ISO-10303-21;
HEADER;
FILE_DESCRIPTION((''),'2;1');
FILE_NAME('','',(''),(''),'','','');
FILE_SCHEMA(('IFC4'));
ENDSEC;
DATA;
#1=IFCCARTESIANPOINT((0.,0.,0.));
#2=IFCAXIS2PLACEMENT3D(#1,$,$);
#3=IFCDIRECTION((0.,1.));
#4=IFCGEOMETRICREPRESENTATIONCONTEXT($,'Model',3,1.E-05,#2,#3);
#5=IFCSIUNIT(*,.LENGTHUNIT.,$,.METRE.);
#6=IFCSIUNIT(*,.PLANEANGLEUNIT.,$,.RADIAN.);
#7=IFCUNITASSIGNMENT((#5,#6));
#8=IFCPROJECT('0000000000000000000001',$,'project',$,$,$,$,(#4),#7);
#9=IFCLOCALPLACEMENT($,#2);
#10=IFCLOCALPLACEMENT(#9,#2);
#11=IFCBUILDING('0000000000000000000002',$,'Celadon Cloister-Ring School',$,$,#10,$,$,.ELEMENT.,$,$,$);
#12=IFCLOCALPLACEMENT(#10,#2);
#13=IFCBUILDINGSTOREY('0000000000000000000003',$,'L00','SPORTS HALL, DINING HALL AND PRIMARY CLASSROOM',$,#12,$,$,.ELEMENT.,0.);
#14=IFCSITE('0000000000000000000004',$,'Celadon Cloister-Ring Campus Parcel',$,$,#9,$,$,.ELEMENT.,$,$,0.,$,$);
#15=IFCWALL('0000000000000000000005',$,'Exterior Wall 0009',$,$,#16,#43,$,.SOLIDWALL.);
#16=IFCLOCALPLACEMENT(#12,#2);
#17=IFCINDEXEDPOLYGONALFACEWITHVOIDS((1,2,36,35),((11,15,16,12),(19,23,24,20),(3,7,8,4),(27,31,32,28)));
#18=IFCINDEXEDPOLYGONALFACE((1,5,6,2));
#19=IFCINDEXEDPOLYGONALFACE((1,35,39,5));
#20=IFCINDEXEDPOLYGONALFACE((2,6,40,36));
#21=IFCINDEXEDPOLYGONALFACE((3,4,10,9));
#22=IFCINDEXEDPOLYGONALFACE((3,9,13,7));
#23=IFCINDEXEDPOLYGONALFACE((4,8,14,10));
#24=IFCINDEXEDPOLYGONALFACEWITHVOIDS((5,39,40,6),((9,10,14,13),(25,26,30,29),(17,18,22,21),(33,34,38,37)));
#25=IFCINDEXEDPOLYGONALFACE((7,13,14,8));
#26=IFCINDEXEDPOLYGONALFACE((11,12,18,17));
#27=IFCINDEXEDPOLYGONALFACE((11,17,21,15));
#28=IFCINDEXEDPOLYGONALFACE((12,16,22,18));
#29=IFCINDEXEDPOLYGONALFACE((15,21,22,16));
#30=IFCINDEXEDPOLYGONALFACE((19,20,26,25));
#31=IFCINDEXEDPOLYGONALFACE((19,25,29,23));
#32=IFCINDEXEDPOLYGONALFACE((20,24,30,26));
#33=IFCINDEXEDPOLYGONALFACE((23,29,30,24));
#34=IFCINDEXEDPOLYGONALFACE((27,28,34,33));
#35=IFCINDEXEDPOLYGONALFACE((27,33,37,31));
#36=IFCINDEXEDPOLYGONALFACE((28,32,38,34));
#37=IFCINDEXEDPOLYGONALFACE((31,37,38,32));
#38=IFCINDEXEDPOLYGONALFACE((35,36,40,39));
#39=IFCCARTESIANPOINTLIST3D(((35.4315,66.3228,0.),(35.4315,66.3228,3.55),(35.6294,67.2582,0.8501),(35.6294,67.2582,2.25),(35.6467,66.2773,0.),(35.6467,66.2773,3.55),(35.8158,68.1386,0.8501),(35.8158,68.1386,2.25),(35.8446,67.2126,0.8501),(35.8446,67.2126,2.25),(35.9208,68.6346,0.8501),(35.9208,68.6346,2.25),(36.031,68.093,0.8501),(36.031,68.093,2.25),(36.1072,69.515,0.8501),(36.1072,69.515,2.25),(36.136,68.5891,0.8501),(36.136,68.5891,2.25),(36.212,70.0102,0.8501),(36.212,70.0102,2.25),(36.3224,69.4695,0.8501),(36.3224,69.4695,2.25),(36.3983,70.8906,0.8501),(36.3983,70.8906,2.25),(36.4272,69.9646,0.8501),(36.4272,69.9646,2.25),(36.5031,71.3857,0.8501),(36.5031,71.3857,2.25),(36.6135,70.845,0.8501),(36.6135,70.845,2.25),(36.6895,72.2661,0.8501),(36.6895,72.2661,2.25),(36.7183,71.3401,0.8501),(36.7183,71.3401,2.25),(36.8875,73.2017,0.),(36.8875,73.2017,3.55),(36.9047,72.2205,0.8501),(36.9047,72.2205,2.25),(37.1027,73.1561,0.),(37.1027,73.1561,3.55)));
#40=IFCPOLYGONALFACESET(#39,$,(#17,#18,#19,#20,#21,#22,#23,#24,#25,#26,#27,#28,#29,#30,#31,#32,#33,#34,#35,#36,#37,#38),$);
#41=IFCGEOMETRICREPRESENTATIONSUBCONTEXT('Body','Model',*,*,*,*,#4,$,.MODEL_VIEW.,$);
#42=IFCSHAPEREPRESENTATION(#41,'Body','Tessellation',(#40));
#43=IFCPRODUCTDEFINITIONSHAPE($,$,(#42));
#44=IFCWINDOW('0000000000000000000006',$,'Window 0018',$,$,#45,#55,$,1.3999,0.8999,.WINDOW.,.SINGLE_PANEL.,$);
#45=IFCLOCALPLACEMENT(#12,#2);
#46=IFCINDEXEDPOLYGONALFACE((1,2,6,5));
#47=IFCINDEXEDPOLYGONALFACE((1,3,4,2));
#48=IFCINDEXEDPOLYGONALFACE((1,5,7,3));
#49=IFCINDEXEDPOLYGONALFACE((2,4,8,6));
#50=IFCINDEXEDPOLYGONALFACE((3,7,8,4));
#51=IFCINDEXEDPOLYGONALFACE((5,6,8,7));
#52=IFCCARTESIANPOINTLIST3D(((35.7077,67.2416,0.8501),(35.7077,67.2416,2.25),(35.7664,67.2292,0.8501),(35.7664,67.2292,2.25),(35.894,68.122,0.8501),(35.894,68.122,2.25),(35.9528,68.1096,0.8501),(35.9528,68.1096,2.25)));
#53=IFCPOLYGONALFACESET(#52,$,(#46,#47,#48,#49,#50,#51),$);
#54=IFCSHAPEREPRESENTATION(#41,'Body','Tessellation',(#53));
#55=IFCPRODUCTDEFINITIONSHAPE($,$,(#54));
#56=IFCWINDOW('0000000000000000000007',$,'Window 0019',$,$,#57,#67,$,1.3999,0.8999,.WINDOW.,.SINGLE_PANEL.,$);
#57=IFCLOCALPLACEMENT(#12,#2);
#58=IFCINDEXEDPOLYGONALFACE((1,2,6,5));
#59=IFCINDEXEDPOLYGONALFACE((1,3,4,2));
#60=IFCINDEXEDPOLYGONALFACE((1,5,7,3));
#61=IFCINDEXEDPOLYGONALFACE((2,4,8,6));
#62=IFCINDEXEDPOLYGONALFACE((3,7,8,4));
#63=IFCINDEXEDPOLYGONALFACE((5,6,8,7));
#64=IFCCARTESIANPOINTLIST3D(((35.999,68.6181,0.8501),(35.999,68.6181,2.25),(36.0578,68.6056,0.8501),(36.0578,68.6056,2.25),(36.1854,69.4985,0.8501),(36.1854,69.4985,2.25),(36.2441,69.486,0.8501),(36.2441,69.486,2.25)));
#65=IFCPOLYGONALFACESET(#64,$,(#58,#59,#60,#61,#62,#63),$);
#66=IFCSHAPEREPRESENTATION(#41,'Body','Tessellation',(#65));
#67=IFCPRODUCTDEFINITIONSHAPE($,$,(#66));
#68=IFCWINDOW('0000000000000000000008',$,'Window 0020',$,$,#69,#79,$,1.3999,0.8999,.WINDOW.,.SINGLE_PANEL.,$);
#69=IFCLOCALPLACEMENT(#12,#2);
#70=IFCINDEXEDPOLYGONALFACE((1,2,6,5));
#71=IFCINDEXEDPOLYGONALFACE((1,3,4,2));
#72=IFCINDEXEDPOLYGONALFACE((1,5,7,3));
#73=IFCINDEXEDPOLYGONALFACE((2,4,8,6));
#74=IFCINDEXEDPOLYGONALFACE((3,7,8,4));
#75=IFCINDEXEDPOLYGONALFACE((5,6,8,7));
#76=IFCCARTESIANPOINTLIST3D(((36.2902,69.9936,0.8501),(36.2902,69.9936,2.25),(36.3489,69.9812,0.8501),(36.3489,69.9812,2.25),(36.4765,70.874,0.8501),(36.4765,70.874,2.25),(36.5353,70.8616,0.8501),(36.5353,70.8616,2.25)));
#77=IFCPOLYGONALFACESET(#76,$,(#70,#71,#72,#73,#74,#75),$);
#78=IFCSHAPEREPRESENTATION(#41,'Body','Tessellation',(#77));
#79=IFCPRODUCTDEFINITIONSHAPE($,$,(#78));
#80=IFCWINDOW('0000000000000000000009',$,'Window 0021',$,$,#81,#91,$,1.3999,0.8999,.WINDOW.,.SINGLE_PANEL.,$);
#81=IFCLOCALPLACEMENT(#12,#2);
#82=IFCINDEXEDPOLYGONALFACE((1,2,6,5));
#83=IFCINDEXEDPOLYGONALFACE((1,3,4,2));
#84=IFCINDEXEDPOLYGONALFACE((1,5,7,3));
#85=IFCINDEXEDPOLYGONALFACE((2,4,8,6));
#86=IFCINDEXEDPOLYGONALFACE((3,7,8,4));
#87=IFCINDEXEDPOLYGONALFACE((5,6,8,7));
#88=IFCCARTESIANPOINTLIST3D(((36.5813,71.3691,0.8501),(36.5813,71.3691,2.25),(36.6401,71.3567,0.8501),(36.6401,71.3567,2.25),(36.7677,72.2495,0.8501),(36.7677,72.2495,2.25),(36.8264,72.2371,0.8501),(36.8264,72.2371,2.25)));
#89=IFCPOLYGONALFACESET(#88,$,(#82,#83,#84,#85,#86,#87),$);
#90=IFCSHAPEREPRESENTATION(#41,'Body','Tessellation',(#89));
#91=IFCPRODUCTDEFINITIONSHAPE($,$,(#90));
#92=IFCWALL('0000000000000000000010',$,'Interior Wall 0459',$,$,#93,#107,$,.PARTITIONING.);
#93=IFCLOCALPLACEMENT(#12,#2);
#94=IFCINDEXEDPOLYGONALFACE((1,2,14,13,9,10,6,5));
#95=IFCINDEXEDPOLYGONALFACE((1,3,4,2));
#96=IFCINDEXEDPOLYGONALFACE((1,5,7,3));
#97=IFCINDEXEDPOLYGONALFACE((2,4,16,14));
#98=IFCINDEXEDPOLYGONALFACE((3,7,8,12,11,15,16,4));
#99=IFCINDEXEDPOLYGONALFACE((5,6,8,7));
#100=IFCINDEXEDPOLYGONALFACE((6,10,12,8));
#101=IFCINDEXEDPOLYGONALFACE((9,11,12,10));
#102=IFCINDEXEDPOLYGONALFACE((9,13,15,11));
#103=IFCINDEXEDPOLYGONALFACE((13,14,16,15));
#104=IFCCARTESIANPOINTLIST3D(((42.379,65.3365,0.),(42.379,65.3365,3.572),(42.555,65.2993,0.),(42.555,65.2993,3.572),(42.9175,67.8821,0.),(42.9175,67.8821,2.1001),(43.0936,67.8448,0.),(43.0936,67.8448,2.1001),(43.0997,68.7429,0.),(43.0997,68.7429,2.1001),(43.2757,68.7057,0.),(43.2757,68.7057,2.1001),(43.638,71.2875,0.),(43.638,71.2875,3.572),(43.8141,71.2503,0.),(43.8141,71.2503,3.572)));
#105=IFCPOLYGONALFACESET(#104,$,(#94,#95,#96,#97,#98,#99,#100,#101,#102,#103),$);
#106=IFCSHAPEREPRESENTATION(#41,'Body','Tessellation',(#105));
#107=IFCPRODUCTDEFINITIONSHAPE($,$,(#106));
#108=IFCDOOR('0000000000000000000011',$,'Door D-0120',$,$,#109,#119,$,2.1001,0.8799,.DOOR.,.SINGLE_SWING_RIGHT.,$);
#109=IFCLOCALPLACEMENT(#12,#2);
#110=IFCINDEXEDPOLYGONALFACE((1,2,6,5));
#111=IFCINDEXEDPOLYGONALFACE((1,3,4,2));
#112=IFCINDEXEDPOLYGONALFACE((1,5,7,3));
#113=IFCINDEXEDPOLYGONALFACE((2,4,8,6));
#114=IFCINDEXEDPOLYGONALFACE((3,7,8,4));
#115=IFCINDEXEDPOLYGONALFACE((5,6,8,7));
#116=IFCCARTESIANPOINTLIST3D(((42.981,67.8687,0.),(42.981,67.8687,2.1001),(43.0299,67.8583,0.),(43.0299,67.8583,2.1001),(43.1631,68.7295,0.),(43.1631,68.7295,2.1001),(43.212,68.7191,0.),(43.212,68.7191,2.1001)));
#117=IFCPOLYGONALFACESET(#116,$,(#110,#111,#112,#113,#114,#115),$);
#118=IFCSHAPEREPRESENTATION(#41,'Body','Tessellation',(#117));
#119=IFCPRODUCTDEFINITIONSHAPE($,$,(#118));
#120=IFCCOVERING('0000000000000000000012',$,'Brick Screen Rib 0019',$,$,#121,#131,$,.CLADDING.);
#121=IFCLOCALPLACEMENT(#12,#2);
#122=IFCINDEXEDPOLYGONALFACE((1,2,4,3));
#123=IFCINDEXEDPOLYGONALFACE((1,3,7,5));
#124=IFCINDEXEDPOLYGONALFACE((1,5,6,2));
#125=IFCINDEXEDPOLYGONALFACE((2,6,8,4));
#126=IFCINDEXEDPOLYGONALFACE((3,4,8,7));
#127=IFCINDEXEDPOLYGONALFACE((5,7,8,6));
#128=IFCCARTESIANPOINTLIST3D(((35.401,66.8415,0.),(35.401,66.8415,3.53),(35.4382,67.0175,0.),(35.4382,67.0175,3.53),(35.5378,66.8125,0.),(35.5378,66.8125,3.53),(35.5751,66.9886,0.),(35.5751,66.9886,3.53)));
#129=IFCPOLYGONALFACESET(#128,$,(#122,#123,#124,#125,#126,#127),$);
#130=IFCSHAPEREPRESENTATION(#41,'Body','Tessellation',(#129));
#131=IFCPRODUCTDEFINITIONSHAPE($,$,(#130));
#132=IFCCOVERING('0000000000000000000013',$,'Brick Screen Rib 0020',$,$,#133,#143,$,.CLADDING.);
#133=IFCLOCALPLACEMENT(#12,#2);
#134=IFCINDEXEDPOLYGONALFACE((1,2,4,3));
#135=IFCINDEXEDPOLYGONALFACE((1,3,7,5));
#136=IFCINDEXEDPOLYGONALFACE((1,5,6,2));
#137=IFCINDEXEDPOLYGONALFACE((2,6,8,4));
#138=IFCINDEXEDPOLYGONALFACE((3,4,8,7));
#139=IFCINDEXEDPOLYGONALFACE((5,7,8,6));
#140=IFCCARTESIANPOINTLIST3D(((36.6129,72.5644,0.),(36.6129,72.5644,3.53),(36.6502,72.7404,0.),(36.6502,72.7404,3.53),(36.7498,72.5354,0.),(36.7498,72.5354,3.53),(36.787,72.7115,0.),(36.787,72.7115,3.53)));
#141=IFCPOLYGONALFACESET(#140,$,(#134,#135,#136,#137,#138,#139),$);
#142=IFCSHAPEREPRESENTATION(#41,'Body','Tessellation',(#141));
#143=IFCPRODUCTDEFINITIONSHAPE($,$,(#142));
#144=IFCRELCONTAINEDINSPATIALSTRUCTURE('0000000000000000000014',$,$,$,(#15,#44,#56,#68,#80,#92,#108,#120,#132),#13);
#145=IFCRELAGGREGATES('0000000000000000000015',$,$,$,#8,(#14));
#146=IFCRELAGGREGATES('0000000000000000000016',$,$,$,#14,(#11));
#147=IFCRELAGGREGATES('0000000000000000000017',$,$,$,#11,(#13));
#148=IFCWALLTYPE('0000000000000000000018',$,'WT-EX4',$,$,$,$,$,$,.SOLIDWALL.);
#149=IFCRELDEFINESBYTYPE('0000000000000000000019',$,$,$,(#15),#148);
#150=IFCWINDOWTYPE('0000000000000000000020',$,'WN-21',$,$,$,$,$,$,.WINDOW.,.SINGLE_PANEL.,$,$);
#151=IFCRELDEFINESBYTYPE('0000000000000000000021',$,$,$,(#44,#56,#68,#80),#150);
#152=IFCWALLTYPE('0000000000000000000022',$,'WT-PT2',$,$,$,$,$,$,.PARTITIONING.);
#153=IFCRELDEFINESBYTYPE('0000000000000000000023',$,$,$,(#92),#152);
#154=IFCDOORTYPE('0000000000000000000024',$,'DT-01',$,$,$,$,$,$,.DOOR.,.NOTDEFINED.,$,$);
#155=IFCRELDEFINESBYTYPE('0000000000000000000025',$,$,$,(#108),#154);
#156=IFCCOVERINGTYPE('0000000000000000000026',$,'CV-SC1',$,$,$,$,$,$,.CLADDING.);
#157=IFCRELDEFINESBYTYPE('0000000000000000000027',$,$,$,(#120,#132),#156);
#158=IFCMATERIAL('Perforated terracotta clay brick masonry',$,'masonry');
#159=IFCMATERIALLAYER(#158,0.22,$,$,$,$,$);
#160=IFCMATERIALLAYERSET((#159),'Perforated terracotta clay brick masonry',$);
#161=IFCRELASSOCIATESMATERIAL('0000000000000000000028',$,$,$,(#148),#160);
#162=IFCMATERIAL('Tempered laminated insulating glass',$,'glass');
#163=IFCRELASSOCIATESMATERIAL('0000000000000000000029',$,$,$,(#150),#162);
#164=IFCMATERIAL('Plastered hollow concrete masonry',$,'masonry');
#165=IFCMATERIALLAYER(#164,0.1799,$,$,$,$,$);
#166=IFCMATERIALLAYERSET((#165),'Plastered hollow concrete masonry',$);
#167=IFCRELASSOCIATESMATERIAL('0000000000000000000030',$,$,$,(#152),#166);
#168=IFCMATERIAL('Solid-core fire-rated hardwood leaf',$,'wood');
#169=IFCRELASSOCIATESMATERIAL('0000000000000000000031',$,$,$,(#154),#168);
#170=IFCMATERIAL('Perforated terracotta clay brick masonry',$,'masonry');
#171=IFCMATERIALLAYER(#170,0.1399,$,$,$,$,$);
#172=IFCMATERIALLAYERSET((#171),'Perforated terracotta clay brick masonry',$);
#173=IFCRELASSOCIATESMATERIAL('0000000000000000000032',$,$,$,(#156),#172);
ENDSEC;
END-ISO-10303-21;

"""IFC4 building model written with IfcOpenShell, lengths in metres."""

from ifc_helpers import new_model, si_unit, direction, frame, frame_2d, origin, origin_2d, place, context, subcontext, project, spatial, rectangle, extrude, material, layer, layer_set, type_object, element, fill, save


model = new_model("IFC4")

# Units and contexts
model_context = context("Model", 3, precision=1e-05, world=origin(), true_north=direction((0.0, 1.0)))
body_context = subcontext(model_context, "Body", "Model", "MODEL_VIEW")
ifc_project = project(units=[si_unit("LENGTHUNIT", "METRE"), si_unit("PLANEANGLEUNIT", "RADIAN")], contexts=[model_context])

# Site, building, storey
site_placement = place(None, origin())
site = spatial("IfcSite", under=ifc_project, at=site_placement, Name="Celadon Cloister-Ring Campus Parcel", CompositionType="ELEMENT", RefElevation=0.0)
building_placement = place(site_placement, origin())
building = spatial("IfcBuilding", under=site, at=building_placement, Name="Celadon Cloister-Ring School", CompositionType="ELEMENT")
storey_placement = place(building_placement, origin())
storey = spatial("IfcBuildingStorey", under=building, at=storey_placement, Name="L00", Description="SPORTS HALL, DINING HALL AND PRIMARY CLASSROOM", CompositionType="ELEMENT", Elevation=0.0)

# Wall, openings, windows
ifc_material_1 = material(Name="Perforated terracotta clay brick masonry", Category="masonry")
ifc_layer_1 = layer(ifc_material_1, 0.22)
ifc_layer_set_1 = layer_set([ifc_layer_1], Name="Perforated terracotta clay brick masonry")
wall_type_1 = type_object("IfcWallType", Name="WT-EX4", PredefinedType="SOLIDWALL", material=ifc_layer_set_1)
ifc_material_2 = material(Name="Tempered laminated insulating glass", Category="glass")
window_type = type_object("IfcWindowType", Name="WN-21", PartitioningType="SINGLE_PANEL", PredefinedType="WINDOW", material=ifc_material_2)
wall_1_placement = place(storey_placement, frame((35.5391, 66.3, 0.0), z_axis=(0.0, 0.0, 1.0), x_axis=(0.207081, 0.978324, 0.0)))
wall_1 = element("IfcWall", 1, at=wall_1_placement, inside=storey, type_object=wall_type_1, Name="Exterior Wall 0009", PredefinedType="SOLIDWALL", context=body_context, shape_type="SweptSolid", body=[
    extrude(rectangle(XDim=7.0312, YDim=0.22, at=frame_2d((3.5156, 0.0))), origin(), (0.0, 0.0, 1.0), 3.55),
])
opening_1_placement = place(wall_1_placement, frame((0.9561, 0.0, 0.8501)))
opening_1 = element("IfcOpeningElement", 2, at=opening_1_placement, cuts=wall_1, PredefinedType="OPENING", context=body_context, shape_type="SweptSolid", body=[
    extrude(rectangle(XDim=0.8999, YDim=1.3999, at=frame_2d((0.45, 0.7))), frame((0.0, 0.1201, 0.0), z_axis=(0.0, -1.0, 0.0), x_axis=(1.0, 0.0, 0.0)), (0.0, 0.0, 1.0), 0.24),
])
opening_2_placement = place(wall_1_placement, frame((2.363, 0.0, 0.8501)))
opening_2 = element("IfcOpeningElement", 3, at=opening_2_placement, cuts=wall_1, PredefinedType="OPENING", context=body_context, shape_type="SweptSolid", body=[
    extrude(rectangle(XDim=0.8999, YDim=1.3999, at=frame_2d((0.45, 0.7))), frame((0.0, 0.1201, 0.0), z_axis=(0.0, -1.0, 0.0), x_axis=(1.0, 0.0, 0.0)), (0.0, 0.0, 1.0), 0.24),
])
opening_3_placement = place(wall_1_placement, frame((3.769, 0.0, 0.8501)))
opening_3 = element("IfcOpeningElement", 4, at=opening_3_placement, cuts=wall_1, PredefinedType="OPENING", context=body_context, shape_type="SweptSolid", body=[
    extrude(rectangle(XDim=0.8999, YDim=1.3999, at=frame_2d((0.45, 0.7))), frame((0.0, 0.1201, 0.0), z_axis=(0.0, -1.0, 0.0), x_axis=(1.0, 0.0, 0.0)), (0.0, 0.0, 1.0), 0.24),
])
opening_4_placement = place(wall_1_placement, frame((5.175, 0.0, 0.8501)))
opening_4 = element("IfcOpeningElement", 5, at=opening_4_placement, cuts=wall_1, PredefinedType="OPENING", context=body_context, shape_type="SweptSolid", body=[
    extrude(rectangle(XDim=0.8999, YDim=1.3999, at=frame_2d((0.45, 0.7))), frame((0.0, 0.1201, 0.0), z_axis=(0.0, -1.0, 0.0), x_axis=(1.0, 0.0, 0.0)), (0.0, 0.0, 1.0), 0.24),
])
window_1_placement = place(opening_1_placement, origin())
window_1 = element("IfcWindow", 6, at=window_1_placement, inside=storey, type_object=window_type, Name="Window 0018", OverallHeight=1.3999, OverallWidth=0.8999, PartitioningType="SINGLE_PANEL", PredefinedType="WINDOW", context=body_context, shape_type="SweptSolid", body=[
    extrude(rectangle(XDim=0.8999, YDim=1.3999, at=frame_2d((0.45, 0.7))), frame((0.0, 0.03, 0.0), z_axis=(0.0, -1.0, 0.0), x_axis=(1.0, 0.0, 0.0)), (0.0, 0.0, 1.0), 0.0601),
])
fill(opening_1, window_1)
window_2_placement = place(opening_2_placement, origin())
window_2 = element("IfcWindow", 7, at=window_2_placement, inside=storey, type_object=window_type, Name="Window 0019", OverallHeight=1.3999, OverallWidth=0.8999, PartitioningType="SINGLE_PANEL", PredefinedType="WINDOW", context=body_context, shape_type="SweptSolid", body=[
    extrude(rectangle(XDim=0.8999, YDim=1.3999, at=frame_2d((0.45, 0.7))), frame((0.0, 0.03, 0.0), z_axis=(0.0, -1.0, 0.0), x_axis=(1.0, 0.0, 0.0)), (0.0, 0.0, 1.0), 0.0601),
])
fill(opening_2, window_2)
window_3_placement = place(opening_3_placement, origin())
window_3 = element("IfcWindow", 8, at=window_3_placement, inside=storey, type_object=window_type, Name="Window 0020", OverallHeight=1.3999, OverallWidth=0.8999, PartitioningType="SINGLE_PANEL", PredefinedType="WINDOW", context=body_context, shape_type="SweptSolid", body=[
    extrude(rectangle(XDim=0.8999, YDim=1.3999, at=frame_2d((0.45, 0.7))), frame((0.0, 0.03, 0.0), z_axis=(0.0, -1.0, 0.0), x_axis=(1.0, 0.0, 0.0)), (0.0, 0.0, 1.0), 0.0601),
])
fill(opening_3, window_3)
window_4_placement = place(opening_4_placement, origin())
window_4 = element("IfcWindow", 9, at=window_4_placement, inside=storey, type_object=window_type, Name="Window 0021", OverallHeight=1.3999, OverallWidth=0.8999, PartitioningType="SINGLE_PANEL", PredefinedType="WINDOW", context=body_context, shape_type="SweptSolid", body=[
    extrude(rectangle(XDim=0.8999, YDim=1.3999, at=frame_2d((0.45, 0.7))), frame((0.0, 0.03, 0.0), z_axis=(0.0, -1.0, 0.0), x_axis=(1.0, 0.0, 0.0)), (0.0, 0.0, 1.0), 0.0601),
])
fill(opening_4, window_4)

# Wall, opening, door
ifc_material_3 = material(Name="Plastered hollow concrete masonry", Category="masonry")
ifc_layer_2 = layer(ifc_material_3, 0.1799)
ifc_layer_set_2 = layer_set([ifc_layer_2], Name="Plastered hollow concrete masonry")
wall_type_2 = type_object("IfcWallType", Name="WT-PT2", PredefinedType="PARTITIONING", material=ifc_layer_set_2)
wall_2_placement = place(storey_placement, frame((43.7261, 71.269, 0.0), z_axis=(0.0, 0.0, 1.0), x_axis=(-0.206987, -0.978344, 0.0)))
wall_2 = element("IfcWall", 10, at=wall_2_placement, inside=storey, type_object=wall_type_2, Name="Interior Wall 0459", PredefinedType="PARTITIONING", context=body_context, shape_type="SweptSolid", body=[
    extrude(rectangle(XDim=6.0828, YDim=0.1799, at=frame_2d((3.0415, 0.0))), origin(), (0.0, 0.0, 1.0), 3.572),
])
opening_5_placement = place(wall_2_placement, frame((2.6011, 0.0, 0.0)))
opening_5 = element("IfcOpeningElement", 11, at=opening_5_placement, cuts=wall_2, PredefinedType="OPENING", context=body_context, shape_type="SweptSolid", body=[
    extrude(rectangle(XDim=0.8799, YDim=2.1001, at=frame_2d((0.4399, 1.05))), frame((0.0, 0.1001, 0.0), z_axis=(0.0, -1.0, 0.0), x_axis=(1.0, 0.0, 0.0)), (0.0, 0.0, 1.0), 0.2),
])
ifc_material_4 = material(Name="Solid-core fire-rated hardwood leaf", Category="wood")
door_type = type_object("IfcDoorType", Name="DT-01", OperationType="NOTDEFINED", PredefinedType="DOOR", material=ifc_material_4)
door_placement = place(opening_5_placement, origin())
door = element("IfcDoor", 12, at=door_placement, inside=storey, type_object=door_type, Name="Door D-0120", OperationType="SINGLE_SWING_RIGHT", OverallHeight=2.1001, OverallWidth=0.8799, PredefinedType="DOOR", context=body_context, shape_type="SweptSolid", body=[
    extrude(rectangle(XDim=0.8799, YDim=2.1001, at=frame_2d((0.4399, 1.05))), frame((0.0, 0.0249, 0.0), z_axis=(0.0, -1.0, 0.0), x_axis=(1.0, 0.0, 0.0)), (0.0, 0.0, 1.0), 0.05),
])
fill(opening_5, door)

# Coverings
ifc_material_5 = material(Name="Perforated terracotta clay brick masonry", Category="masonry")
ifc_layer_3 = layer(ifc_material_5, 0.1399)
ifc_layer_set_3 = layer_set([ifc_layer_3], Name="Perforated terracotta clay brick masonry")
covering_type = type_object("IfcCoveringType", Name="CV-SC1", PredefinedType="CLADDING", material=ifc_layer_set_3)
for number, where, z_axis, x_axis, name in (
    (13, (35.488, 66.915, 0.0), (0.0, 0.0, 1.0), (0.207075, 0.978325, 0.0), "Brick Screen Rib 0019"),
    (14, (36.7, 72.6379, 0.0), (0.0, 0.0, 1.0), (0.207075, 0.978325, 0.0), "Brick Screen Rib 0020"),
):
    element("IfcCovering", number, at=place(storey_placement, frame(where, z_axis=z_axis, x_axis=x_axis)), inside=storey, type_object=covering_type, Name=name, PredefinedType="CLADDING", context=body_context, shape_type="SweptSolid", body=[
        extrude(rectangle(XDim=0.1799, YDim=0.1399, at=origin_2d()), origin(), (0.0, 0.0, 1.0), 3.53),
    ])

save(model, "model.ifc")
